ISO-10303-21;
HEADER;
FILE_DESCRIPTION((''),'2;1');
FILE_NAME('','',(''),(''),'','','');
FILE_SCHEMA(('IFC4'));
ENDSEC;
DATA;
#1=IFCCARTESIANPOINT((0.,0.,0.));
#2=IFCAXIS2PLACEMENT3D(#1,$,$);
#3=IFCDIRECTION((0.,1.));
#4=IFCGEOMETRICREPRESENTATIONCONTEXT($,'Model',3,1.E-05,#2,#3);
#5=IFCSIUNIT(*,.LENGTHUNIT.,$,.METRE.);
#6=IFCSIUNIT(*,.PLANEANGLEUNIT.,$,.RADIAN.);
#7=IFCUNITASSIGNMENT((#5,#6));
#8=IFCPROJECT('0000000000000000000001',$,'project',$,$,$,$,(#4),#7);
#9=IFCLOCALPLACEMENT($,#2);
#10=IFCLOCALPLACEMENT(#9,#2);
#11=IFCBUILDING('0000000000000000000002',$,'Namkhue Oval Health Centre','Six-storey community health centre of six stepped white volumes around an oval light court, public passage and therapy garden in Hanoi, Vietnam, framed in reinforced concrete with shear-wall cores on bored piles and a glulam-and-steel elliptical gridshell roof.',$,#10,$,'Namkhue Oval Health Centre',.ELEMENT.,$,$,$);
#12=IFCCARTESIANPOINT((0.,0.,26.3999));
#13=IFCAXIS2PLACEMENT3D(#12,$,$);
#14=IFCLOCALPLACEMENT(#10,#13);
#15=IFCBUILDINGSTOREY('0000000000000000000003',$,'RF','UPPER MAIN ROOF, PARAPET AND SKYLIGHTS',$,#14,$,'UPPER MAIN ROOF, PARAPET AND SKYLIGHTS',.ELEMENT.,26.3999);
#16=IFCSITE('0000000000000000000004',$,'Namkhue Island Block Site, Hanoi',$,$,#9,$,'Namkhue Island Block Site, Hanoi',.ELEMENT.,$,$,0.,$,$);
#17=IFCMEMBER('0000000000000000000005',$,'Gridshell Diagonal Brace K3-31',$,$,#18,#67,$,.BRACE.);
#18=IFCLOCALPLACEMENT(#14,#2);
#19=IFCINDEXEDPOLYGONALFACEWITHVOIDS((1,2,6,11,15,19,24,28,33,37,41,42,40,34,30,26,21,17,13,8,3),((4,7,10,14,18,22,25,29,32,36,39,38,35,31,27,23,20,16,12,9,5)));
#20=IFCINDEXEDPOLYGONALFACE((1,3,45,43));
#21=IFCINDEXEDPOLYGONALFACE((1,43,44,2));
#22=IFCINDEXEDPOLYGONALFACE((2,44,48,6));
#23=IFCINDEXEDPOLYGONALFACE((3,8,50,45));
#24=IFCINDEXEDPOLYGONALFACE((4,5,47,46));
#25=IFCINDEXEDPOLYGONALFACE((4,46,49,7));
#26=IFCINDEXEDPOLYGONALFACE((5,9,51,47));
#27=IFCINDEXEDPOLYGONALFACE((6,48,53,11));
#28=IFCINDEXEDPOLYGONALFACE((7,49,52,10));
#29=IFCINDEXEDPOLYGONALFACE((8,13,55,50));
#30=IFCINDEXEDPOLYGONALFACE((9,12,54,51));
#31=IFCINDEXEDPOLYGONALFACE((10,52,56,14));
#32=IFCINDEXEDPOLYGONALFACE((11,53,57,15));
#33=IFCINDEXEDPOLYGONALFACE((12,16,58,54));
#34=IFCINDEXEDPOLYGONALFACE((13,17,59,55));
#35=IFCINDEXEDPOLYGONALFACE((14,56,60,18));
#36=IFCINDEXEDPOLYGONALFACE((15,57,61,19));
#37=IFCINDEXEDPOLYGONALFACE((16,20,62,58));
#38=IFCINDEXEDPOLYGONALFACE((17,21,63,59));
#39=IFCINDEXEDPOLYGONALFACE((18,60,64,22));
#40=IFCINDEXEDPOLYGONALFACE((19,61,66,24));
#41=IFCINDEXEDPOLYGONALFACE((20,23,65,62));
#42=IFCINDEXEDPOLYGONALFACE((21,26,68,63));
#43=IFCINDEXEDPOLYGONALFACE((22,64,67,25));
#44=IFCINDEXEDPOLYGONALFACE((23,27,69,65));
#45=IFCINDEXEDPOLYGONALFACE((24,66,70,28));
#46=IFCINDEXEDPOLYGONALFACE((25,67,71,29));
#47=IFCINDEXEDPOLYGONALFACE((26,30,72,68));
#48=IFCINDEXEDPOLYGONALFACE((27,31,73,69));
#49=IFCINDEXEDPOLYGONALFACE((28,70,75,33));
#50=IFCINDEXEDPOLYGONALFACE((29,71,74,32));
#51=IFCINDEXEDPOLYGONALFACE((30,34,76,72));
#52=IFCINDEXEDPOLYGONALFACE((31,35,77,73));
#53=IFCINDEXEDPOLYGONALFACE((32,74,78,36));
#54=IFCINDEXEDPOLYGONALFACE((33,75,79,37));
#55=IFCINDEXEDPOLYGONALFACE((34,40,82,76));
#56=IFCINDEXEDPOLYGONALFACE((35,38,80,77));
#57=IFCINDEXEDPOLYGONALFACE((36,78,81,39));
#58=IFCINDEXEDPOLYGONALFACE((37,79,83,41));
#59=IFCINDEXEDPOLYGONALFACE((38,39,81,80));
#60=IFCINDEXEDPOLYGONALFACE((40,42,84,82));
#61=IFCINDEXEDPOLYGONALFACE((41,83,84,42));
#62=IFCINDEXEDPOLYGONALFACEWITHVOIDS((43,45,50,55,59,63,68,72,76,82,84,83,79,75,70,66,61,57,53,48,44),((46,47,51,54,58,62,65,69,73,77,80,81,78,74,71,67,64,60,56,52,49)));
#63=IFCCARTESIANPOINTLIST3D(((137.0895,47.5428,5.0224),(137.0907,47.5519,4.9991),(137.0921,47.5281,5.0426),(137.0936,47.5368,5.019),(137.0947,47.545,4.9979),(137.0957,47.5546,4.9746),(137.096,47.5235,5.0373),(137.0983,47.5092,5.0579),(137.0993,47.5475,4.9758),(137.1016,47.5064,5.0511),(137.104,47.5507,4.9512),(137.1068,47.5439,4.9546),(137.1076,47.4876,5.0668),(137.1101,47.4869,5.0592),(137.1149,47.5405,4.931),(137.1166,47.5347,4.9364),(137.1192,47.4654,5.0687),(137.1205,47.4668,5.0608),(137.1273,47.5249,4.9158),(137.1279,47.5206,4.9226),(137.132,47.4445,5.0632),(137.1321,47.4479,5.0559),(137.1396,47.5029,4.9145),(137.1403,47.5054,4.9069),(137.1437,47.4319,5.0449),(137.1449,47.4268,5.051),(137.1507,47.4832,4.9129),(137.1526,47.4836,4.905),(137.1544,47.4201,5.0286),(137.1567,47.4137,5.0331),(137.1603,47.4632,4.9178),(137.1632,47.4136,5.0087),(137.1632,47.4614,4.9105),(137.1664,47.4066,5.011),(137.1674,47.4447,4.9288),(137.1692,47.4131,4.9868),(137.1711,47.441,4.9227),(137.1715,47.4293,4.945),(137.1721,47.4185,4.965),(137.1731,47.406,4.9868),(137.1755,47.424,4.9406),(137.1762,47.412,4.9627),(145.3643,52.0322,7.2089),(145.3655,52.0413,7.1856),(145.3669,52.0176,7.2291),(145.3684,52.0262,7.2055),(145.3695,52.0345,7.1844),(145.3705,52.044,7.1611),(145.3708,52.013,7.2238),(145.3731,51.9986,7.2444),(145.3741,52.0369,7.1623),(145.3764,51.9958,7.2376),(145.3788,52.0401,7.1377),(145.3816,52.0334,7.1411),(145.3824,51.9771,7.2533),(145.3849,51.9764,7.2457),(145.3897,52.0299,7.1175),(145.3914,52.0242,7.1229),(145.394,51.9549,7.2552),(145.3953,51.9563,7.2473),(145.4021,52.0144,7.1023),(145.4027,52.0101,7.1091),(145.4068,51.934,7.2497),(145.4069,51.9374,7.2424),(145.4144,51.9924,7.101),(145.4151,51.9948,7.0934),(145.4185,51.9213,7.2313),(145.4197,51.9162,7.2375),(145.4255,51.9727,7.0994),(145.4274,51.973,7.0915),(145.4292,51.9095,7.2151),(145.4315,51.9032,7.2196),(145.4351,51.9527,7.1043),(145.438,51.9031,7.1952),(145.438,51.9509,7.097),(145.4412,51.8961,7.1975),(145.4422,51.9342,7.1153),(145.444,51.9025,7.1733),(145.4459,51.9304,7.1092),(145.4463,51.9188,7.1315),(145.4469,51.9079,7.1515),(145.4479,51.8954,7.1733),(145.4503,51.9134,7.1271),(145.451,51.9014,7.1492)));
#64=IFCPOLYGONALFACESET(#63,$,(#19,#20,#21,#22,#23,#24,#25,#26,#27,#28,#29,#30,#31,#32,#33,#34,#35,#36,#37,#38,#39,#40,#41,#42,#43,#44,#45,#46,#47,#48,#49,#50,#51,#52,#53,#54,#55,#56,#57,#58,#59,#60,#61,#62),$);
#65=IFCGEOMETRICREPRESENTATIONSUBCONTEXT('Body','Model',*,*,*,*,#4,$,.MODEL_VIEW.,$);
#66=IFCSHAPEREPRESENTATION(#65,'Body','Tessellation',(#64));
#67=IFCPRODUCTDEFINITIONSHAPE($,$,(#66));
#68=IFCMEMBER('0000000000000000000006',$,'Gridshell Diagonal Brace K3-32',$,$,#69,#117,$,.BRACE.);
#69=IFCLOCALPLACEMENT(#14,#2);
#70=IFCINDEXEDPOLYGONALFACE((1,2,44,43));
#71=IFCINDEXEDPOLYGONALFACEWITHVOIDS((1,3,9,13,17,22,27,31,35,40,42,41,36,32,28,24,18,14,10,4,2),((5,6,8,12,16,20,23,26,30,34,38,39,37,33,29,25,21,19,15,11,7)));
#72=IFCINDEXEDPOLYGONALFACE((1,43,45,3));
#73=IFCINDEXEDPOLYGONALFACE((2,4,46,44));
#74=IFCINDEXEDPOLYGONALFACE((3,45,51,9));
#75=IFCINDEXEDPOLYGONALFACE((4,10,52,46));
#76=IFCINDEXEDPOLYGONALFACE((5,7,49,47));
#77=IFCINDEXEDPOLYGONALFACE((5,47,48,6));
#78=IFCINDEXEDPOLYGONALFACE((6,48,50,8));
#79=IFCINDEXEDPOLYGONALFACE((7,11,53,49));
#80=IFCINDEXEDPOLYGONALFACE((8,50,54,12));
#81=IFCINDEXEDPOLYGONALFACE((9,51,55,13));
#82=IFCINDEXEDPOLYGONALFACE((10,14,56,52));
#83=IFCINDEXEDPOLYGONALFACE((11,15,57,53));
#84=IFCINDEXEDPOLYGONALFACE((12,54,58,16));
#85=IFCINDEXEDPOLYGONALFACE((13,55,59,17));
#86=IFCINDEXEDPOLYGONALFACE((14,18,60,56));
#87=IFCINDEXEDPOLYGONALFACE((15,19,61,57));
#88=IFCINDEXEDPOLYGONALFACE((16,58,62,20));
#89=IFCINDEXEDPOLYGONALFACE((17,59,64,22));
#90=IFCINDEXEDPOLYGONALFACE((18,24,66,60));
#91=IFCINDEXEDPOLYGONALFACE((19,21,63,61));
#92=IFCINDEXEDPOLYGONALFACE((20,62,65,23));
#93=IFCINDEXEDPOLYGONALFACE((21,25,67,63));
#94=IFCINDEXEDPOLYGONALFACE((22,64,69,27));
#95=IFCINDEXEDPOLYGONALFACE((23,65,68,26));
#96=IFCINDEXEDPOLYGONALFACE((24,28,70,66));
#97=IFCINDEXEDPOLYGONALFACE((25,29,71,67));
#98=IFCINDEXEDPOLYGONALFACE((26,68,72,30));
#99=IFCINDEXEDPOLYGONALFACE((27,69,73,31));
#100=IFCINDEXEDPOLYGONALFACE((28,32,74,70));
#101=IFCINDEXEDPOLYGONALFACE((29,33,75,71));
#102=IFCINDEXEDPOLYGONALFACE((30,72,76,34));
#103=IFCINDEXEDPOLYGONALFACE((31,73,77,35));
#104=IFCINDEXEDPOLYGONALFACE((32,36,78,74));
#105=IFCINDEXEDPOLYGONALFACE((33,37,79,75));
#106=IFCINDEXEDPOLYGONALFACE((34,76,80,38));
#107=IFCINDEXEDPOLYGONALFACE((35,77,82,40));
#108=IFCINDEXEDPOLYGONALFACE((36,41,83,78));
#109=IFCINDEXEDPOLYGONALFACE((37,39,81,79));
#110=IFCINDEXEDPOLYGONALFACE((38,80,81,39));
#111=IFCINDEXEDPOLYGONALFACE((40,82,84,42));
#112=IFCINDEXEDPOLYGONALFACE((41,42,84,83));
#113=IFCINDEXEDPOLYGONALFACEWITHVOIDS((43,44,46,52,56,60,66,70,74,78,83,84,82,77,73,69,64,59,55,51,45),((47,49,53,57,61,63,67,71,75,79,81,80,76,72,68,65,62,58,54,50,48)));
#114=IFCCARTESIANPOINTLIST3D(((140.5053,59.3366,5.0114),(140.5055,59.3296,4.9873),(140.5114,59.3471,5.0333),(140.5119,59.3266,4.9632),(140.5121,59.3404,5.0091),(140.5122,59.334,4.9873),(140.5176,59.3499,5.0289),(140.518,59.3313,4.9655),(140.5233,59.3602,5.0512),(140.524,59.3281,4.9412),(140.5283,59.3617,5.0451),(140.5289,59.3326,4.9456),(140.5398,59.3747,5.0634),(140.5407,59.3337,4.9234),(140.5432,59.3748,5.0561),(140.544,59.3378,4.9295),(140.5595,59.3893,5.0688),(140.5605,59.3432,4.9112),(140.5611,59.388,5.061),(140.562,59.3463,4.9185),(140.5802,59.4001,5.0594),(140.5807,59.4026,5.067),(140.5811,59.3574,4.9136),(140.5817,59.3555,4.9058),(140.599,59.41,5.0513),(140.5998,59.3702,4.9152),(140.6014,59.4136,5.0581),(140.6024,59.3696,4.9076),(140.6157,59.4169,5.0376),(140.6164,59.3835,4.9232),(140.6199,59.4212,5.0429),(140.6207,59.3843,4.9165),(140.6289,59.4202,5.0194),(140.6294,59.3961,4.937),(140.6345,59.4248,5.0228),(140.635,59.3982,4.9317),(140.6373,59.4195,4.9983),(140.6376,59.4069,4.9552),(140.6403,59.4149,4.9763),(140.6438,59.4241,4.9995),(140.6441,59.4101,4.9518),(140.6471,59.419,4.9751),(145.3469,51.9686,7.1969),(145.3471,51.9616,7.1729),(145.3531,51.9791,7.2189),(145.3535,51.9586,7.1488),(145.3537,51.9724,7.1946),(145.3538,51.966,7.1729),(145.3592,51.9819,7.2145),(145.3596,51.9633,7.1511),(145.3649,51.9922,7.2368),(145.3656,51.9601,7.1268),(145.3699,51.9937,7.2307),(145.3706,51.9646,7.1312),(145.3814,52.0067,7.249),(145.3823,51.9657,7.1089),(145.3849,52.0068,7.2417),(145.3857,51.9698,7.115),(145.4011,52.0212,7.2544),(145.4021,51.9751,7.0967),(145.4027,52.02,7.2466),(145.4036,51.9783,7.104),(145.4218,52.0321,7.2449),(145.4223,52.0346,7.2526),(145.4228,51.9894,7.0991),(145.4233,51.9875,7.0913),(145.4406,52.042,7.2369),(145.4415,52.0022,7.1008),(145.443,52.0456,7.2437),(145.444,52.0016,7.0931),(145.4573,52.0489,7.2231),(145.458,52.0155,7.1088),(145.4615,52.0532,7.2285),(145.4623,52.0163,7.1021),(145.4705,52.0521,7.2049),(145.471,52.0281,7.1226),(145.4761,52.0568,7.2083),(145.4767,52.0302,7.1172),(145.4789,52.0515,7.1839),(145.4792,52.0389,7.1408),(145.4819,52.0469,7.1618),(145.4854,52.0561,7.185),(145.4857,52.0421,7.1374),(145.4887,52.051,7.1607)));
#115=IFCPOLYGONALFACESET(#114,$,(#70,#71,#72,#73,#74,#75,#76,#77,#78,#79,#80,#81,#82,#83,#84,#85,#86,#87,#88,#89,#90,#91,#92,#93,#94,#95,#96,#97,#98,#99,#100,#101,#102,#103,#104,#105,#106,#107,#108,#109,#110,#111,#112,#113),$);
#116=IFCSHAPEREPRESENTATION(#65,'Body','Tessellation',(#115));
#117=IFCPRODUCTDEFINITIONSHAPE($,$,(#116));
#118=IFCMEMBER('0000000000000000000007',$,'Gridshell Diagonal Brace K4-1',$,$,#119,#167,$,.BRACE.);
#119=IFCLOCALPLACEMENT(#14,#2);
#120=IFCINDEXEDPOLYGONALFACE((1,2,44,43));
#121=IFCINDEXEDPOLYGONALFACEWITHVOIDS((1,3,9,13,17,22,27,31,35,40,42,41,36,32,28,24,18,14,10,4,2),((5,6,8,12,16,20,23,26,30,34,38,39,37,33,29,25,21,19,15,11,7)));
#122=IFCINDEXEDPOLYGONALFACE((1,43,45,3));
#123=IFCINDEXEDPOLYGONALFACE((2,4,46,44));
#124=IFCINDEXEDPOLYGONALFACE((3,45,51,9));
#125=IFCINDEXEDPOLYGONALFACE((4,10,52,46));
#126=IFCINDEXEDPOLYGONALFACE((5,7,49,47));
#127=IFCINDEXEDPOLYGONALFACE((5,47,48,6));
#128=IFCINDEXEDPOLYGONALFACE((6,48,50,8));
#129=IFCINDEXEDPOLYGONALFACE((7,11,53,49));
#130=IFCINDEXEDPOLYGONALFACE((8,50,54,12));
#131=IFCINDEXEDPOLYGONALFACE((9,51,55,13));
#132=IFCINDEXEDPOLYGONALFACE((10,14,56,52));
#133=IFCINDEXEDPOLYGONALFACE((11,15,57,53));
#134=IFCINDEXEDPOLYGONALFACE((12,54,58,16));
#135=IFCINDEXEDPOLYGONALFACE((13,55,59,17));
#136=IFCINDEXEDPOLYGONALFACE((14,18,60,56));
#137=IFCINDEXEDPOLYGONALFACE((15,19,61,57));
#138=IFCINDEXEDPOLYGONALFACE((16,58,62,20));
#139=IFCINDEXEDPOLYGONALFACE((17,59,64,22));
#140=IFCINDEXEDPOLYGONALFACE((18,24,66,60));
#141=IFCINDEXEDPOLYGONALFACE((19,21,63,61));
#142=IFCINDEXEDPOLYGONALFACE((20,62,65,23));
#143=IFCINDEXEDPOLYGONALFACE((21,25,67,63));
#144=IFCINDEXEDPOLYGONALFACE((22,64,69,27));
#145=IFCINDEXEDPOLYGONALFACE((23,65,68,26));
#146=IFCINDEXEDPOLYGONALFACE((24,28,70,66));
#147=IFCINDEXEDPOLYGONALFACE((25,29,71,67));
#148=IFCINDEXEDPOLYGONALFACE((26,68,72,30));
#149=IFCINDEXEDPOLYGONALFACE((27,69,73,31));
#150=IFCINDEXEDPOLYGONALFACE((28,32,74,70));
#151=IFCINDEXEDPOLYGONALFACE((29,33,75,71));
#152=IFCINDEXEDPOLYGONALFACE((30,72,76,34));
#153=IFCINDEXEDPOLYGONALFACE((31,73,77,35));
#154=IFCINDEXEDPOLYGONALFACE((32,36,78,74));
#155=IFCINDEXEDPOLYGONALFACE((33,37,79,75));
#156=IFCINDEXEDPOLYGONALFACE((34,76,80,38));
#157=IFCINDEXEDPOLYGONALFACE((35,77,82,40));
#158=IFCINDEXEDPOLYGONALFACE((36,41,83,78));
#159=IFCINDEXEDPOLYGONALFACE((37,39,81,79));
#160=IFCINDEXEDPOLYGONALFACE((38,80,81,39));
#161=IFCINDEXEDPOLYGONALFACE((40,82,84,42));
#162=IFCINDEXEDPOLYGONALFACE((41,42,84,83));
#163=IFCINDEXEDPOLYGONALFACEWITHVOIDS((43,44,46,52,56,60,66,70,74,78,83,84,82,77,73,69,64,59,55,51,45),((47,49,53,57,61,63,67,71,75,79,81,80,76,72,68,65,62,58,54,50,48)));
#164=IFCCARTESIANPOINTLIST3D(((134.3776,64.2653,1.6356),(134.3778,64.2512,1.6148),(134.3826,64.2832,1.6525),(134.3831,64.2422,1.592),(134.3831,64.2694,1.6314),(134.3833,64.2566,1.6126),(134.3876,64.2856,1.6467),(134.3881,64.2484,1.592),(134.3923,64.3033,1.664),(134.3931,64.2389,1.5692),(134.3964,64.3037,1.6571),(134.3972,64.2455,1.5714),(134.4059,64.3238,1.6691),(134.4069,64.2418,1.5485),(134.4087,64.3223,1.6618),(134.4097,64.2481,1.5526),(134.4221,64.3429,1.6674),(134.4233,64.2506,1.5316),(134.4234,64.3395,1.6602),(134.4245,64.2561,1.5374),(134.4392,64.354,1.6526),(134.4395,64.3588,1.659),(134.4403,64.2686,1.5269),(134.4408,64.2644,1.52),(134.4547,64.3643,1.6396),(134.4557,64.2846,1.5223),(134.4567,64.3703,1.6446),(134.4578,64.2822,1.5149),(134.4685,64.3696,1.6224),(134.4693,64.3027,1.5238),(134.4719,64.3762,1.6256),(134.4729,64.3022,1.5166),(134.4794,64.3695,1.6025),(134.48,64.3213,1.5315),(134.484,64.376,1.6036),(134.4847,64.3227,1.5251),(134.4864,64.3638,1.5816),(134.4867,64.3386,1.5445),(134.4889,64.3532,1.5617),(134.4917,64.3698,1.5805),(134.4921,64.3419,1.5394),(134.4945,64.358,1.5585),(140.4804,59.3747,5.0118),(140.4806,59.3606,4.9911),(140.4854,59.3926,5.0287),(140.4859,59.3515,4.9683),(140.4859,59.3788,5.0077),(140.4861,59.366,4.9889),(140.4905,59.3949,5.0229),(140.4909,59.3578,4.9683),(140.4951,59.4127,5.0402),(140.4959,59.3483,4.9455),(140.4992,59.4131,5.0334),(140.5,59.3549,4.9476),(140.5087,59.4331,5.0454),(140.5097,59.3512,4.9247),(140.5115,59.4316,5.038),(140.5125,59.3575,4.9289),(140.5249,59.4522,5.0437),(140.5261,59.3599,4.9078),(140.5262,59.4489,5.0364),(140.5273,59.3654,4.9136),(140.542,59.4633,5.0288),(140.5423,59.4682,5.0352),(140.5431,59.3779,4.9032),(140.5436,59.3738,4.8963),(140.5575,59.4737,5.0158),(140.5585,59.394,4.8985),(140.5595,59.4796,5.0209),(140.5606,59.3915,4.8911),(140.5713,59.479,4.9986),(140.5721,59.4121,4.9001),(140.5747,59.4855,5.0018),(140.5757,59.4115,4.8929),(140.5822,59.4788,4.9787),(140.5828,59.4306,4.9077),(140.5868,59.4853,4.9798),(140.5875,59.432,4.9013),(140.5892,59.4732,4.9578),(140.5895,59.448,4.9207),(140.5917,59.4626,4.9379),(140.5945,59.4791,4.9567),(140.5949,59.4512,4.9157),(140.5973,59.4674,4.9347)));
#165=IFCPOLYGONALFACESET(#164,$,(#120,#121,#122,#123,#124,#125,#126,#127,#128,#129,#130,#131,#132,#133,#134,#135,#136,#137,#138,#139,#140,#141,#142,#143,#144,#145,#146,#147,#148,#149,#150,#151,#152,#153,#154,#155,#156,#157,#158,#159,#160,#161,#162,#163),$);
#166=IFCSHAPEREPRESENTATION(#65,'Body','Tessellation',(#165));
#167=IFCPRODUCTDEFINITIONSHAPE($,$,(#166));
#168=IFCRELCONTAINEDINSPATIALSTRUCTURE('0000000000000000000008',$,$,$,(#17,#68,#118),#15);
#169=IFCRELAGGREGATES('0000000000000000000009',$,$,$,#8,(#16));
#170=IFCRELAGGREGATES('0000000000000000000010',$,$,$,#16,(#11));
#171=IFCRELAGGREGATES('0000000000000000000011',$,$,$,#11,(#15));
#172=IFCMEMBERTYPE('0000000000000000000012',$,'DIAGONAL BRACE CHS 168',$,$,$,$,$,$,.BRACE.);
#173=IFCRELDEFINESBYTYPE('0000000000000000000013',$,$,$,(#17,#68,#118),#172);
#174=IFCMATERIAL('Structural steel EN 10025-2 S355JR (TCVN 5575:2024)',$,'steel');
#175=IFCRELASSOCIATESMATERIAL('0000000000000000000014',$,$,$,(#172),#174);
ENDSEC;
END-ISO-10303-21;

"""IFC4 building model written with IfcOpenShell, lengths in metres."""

from ifc_helpers import new_model, si_unit, direction, frame, origin, origin_2d, place, context, subcontext, project, spatial, hollow_circle, extrude, material, material_profile, profile_set, type_object, element, save


model = new_model("IFC4")

# Units and contexts
model_context = context("Model", 3, precision=1e-05, world=origin(), true_north=direction((0.0, 1.0)))
body_context = subcontext(model_context, "Body", "Model", "MODEL_VIEW")
ifc_project = project(units=[si_unit("LENGTHUNIT", "METRE"), si_unit("PLANEANGLEUNIT", "RADIAN")], contexts=[model_context])

# Site, building, storey
site_placement = place(None, origin())
site = spatial("IfcSite", under=ifc_project, at=site_placement, Name="Namkhue Island Block Site, Hanoi", LongName="Namkhue Island Block Site, Hanoi", CompositionType="ELEMENT", RefElevation=0.0)
building_placement = place(site_placement, origin())
building = spatial("IfcBuilding", under=site, at=building_placement, Name="Namkhue Oval Health Centre", Description="Six-storey community health centre of six stepped white volumes around an oval light court, public passage and therapy garden in Hanoi, Vietnam, framed in reinforced concrete with shear-wall cores on bored piles and a glulam-and-steel elliptical gridshell roof.", LongName="Namkhue Oval Health Centre", CompositionType="ELEMENT")
storey_placement = place(building_placement, frame((0.0, 0.0, 26.3999)))
storey = spatial("IfcBuildingStorey", under=building, at=storey_placement, Name="RF", Description="UPPER MAIN ROOF, PARAPET AND SKYLIGHTS", LongName="UPPER MAIN ROOF, PARAPET AND SKYLIGHTS", CompositionType="ELEMENT", Elevation=26.3999)

# Members
ifc_material_1 = material(Name="Structural steel EN 10025-2 S355JR (TCVN 5575:2024)", Category="steel")
ifc_material_profile_1 = material_profile(ifc_material_1, hollow_circle(Radius=0.0842, WallThickness=0.0081, at=origin_2d()), Name="CHS 168.3x8")
ifc_profile_set_1 = profile_set([ifc_material_profile_1], Name="Structural steel EN 10025-2 S355JR (TCVN 5575:2024)")
member_type_1 = type_object("IfcMemberType", Name="DIAGONAL BRACE CHS 168", PredefinedType="BRACE", material=ifc_profile_set_1)
member_1_placement = place(storey_placement, frame((145.4077, 51.9695, 7.1733), z_axis=(-0.85618, -0.464516, -0.226233), x_axis=(0.47688, -0.878969, 0.0)))
element("IfcMember", 1, at=member_1_placement, inside=storey, type_object=member_type_1, Name="Gridshell Diagonal Brace K3-31", PredefinedType="BRACE", context=body_context, shape_type="SweptSolid", body=[
    extrude(hollow_circle(Radius=0.0842, WallThickness=0.0081, at=origin_2d()), origin(), (0.0, 0.0, 1.0), 9.6648),
])
member_2_placement = place(storey_placement, frame((145.4175, 52.0078, 7.1729), z_axis=(-0.533026, 0.811164, -0.240616), x_axis=(-0.835717, -0.54916, 0.0)))
element("IfcMember", 2, at=member_2_placement, inside=storey, type_object=member_type_1, Name="Gridshell Diagonal Brace K3-32", PredefinedType="BRACE", context=body_context, shape_type="SweptSolid", body=[
    extrude(hollow_circle(Radius=0.0842, WallThickness=0.0081, at=origin_2d()), origin(), (0.0, 0.0, 1.0), 9.0833),
])
for number, where, z_axis, x_axis, name in (
    (3, (140.5386, 59.4172, 4.9683), (-0.716434, 0.574133, -0.39635), (-0.62535, -0.780345, 0.0), "Gridshell Diagonal Brace K4-1"),
):
    element("IfcMember", number, at=place(storey_placement, frame(where, z_axis=z_axis, x_axis=x_axis)), inside=storey, type_object=member_type_1, Name=name, PredefinedType="BRACE", context=body_context, shape_type="SweptSolid", body=[
        extrude(hollow_circle(Radius=0.0842, WallThickness=0.0081, at=origin_2d()), origin(), (0.0, 0.0, 1.0), 8.5183),
    ])

save(model, "model.ifc")
